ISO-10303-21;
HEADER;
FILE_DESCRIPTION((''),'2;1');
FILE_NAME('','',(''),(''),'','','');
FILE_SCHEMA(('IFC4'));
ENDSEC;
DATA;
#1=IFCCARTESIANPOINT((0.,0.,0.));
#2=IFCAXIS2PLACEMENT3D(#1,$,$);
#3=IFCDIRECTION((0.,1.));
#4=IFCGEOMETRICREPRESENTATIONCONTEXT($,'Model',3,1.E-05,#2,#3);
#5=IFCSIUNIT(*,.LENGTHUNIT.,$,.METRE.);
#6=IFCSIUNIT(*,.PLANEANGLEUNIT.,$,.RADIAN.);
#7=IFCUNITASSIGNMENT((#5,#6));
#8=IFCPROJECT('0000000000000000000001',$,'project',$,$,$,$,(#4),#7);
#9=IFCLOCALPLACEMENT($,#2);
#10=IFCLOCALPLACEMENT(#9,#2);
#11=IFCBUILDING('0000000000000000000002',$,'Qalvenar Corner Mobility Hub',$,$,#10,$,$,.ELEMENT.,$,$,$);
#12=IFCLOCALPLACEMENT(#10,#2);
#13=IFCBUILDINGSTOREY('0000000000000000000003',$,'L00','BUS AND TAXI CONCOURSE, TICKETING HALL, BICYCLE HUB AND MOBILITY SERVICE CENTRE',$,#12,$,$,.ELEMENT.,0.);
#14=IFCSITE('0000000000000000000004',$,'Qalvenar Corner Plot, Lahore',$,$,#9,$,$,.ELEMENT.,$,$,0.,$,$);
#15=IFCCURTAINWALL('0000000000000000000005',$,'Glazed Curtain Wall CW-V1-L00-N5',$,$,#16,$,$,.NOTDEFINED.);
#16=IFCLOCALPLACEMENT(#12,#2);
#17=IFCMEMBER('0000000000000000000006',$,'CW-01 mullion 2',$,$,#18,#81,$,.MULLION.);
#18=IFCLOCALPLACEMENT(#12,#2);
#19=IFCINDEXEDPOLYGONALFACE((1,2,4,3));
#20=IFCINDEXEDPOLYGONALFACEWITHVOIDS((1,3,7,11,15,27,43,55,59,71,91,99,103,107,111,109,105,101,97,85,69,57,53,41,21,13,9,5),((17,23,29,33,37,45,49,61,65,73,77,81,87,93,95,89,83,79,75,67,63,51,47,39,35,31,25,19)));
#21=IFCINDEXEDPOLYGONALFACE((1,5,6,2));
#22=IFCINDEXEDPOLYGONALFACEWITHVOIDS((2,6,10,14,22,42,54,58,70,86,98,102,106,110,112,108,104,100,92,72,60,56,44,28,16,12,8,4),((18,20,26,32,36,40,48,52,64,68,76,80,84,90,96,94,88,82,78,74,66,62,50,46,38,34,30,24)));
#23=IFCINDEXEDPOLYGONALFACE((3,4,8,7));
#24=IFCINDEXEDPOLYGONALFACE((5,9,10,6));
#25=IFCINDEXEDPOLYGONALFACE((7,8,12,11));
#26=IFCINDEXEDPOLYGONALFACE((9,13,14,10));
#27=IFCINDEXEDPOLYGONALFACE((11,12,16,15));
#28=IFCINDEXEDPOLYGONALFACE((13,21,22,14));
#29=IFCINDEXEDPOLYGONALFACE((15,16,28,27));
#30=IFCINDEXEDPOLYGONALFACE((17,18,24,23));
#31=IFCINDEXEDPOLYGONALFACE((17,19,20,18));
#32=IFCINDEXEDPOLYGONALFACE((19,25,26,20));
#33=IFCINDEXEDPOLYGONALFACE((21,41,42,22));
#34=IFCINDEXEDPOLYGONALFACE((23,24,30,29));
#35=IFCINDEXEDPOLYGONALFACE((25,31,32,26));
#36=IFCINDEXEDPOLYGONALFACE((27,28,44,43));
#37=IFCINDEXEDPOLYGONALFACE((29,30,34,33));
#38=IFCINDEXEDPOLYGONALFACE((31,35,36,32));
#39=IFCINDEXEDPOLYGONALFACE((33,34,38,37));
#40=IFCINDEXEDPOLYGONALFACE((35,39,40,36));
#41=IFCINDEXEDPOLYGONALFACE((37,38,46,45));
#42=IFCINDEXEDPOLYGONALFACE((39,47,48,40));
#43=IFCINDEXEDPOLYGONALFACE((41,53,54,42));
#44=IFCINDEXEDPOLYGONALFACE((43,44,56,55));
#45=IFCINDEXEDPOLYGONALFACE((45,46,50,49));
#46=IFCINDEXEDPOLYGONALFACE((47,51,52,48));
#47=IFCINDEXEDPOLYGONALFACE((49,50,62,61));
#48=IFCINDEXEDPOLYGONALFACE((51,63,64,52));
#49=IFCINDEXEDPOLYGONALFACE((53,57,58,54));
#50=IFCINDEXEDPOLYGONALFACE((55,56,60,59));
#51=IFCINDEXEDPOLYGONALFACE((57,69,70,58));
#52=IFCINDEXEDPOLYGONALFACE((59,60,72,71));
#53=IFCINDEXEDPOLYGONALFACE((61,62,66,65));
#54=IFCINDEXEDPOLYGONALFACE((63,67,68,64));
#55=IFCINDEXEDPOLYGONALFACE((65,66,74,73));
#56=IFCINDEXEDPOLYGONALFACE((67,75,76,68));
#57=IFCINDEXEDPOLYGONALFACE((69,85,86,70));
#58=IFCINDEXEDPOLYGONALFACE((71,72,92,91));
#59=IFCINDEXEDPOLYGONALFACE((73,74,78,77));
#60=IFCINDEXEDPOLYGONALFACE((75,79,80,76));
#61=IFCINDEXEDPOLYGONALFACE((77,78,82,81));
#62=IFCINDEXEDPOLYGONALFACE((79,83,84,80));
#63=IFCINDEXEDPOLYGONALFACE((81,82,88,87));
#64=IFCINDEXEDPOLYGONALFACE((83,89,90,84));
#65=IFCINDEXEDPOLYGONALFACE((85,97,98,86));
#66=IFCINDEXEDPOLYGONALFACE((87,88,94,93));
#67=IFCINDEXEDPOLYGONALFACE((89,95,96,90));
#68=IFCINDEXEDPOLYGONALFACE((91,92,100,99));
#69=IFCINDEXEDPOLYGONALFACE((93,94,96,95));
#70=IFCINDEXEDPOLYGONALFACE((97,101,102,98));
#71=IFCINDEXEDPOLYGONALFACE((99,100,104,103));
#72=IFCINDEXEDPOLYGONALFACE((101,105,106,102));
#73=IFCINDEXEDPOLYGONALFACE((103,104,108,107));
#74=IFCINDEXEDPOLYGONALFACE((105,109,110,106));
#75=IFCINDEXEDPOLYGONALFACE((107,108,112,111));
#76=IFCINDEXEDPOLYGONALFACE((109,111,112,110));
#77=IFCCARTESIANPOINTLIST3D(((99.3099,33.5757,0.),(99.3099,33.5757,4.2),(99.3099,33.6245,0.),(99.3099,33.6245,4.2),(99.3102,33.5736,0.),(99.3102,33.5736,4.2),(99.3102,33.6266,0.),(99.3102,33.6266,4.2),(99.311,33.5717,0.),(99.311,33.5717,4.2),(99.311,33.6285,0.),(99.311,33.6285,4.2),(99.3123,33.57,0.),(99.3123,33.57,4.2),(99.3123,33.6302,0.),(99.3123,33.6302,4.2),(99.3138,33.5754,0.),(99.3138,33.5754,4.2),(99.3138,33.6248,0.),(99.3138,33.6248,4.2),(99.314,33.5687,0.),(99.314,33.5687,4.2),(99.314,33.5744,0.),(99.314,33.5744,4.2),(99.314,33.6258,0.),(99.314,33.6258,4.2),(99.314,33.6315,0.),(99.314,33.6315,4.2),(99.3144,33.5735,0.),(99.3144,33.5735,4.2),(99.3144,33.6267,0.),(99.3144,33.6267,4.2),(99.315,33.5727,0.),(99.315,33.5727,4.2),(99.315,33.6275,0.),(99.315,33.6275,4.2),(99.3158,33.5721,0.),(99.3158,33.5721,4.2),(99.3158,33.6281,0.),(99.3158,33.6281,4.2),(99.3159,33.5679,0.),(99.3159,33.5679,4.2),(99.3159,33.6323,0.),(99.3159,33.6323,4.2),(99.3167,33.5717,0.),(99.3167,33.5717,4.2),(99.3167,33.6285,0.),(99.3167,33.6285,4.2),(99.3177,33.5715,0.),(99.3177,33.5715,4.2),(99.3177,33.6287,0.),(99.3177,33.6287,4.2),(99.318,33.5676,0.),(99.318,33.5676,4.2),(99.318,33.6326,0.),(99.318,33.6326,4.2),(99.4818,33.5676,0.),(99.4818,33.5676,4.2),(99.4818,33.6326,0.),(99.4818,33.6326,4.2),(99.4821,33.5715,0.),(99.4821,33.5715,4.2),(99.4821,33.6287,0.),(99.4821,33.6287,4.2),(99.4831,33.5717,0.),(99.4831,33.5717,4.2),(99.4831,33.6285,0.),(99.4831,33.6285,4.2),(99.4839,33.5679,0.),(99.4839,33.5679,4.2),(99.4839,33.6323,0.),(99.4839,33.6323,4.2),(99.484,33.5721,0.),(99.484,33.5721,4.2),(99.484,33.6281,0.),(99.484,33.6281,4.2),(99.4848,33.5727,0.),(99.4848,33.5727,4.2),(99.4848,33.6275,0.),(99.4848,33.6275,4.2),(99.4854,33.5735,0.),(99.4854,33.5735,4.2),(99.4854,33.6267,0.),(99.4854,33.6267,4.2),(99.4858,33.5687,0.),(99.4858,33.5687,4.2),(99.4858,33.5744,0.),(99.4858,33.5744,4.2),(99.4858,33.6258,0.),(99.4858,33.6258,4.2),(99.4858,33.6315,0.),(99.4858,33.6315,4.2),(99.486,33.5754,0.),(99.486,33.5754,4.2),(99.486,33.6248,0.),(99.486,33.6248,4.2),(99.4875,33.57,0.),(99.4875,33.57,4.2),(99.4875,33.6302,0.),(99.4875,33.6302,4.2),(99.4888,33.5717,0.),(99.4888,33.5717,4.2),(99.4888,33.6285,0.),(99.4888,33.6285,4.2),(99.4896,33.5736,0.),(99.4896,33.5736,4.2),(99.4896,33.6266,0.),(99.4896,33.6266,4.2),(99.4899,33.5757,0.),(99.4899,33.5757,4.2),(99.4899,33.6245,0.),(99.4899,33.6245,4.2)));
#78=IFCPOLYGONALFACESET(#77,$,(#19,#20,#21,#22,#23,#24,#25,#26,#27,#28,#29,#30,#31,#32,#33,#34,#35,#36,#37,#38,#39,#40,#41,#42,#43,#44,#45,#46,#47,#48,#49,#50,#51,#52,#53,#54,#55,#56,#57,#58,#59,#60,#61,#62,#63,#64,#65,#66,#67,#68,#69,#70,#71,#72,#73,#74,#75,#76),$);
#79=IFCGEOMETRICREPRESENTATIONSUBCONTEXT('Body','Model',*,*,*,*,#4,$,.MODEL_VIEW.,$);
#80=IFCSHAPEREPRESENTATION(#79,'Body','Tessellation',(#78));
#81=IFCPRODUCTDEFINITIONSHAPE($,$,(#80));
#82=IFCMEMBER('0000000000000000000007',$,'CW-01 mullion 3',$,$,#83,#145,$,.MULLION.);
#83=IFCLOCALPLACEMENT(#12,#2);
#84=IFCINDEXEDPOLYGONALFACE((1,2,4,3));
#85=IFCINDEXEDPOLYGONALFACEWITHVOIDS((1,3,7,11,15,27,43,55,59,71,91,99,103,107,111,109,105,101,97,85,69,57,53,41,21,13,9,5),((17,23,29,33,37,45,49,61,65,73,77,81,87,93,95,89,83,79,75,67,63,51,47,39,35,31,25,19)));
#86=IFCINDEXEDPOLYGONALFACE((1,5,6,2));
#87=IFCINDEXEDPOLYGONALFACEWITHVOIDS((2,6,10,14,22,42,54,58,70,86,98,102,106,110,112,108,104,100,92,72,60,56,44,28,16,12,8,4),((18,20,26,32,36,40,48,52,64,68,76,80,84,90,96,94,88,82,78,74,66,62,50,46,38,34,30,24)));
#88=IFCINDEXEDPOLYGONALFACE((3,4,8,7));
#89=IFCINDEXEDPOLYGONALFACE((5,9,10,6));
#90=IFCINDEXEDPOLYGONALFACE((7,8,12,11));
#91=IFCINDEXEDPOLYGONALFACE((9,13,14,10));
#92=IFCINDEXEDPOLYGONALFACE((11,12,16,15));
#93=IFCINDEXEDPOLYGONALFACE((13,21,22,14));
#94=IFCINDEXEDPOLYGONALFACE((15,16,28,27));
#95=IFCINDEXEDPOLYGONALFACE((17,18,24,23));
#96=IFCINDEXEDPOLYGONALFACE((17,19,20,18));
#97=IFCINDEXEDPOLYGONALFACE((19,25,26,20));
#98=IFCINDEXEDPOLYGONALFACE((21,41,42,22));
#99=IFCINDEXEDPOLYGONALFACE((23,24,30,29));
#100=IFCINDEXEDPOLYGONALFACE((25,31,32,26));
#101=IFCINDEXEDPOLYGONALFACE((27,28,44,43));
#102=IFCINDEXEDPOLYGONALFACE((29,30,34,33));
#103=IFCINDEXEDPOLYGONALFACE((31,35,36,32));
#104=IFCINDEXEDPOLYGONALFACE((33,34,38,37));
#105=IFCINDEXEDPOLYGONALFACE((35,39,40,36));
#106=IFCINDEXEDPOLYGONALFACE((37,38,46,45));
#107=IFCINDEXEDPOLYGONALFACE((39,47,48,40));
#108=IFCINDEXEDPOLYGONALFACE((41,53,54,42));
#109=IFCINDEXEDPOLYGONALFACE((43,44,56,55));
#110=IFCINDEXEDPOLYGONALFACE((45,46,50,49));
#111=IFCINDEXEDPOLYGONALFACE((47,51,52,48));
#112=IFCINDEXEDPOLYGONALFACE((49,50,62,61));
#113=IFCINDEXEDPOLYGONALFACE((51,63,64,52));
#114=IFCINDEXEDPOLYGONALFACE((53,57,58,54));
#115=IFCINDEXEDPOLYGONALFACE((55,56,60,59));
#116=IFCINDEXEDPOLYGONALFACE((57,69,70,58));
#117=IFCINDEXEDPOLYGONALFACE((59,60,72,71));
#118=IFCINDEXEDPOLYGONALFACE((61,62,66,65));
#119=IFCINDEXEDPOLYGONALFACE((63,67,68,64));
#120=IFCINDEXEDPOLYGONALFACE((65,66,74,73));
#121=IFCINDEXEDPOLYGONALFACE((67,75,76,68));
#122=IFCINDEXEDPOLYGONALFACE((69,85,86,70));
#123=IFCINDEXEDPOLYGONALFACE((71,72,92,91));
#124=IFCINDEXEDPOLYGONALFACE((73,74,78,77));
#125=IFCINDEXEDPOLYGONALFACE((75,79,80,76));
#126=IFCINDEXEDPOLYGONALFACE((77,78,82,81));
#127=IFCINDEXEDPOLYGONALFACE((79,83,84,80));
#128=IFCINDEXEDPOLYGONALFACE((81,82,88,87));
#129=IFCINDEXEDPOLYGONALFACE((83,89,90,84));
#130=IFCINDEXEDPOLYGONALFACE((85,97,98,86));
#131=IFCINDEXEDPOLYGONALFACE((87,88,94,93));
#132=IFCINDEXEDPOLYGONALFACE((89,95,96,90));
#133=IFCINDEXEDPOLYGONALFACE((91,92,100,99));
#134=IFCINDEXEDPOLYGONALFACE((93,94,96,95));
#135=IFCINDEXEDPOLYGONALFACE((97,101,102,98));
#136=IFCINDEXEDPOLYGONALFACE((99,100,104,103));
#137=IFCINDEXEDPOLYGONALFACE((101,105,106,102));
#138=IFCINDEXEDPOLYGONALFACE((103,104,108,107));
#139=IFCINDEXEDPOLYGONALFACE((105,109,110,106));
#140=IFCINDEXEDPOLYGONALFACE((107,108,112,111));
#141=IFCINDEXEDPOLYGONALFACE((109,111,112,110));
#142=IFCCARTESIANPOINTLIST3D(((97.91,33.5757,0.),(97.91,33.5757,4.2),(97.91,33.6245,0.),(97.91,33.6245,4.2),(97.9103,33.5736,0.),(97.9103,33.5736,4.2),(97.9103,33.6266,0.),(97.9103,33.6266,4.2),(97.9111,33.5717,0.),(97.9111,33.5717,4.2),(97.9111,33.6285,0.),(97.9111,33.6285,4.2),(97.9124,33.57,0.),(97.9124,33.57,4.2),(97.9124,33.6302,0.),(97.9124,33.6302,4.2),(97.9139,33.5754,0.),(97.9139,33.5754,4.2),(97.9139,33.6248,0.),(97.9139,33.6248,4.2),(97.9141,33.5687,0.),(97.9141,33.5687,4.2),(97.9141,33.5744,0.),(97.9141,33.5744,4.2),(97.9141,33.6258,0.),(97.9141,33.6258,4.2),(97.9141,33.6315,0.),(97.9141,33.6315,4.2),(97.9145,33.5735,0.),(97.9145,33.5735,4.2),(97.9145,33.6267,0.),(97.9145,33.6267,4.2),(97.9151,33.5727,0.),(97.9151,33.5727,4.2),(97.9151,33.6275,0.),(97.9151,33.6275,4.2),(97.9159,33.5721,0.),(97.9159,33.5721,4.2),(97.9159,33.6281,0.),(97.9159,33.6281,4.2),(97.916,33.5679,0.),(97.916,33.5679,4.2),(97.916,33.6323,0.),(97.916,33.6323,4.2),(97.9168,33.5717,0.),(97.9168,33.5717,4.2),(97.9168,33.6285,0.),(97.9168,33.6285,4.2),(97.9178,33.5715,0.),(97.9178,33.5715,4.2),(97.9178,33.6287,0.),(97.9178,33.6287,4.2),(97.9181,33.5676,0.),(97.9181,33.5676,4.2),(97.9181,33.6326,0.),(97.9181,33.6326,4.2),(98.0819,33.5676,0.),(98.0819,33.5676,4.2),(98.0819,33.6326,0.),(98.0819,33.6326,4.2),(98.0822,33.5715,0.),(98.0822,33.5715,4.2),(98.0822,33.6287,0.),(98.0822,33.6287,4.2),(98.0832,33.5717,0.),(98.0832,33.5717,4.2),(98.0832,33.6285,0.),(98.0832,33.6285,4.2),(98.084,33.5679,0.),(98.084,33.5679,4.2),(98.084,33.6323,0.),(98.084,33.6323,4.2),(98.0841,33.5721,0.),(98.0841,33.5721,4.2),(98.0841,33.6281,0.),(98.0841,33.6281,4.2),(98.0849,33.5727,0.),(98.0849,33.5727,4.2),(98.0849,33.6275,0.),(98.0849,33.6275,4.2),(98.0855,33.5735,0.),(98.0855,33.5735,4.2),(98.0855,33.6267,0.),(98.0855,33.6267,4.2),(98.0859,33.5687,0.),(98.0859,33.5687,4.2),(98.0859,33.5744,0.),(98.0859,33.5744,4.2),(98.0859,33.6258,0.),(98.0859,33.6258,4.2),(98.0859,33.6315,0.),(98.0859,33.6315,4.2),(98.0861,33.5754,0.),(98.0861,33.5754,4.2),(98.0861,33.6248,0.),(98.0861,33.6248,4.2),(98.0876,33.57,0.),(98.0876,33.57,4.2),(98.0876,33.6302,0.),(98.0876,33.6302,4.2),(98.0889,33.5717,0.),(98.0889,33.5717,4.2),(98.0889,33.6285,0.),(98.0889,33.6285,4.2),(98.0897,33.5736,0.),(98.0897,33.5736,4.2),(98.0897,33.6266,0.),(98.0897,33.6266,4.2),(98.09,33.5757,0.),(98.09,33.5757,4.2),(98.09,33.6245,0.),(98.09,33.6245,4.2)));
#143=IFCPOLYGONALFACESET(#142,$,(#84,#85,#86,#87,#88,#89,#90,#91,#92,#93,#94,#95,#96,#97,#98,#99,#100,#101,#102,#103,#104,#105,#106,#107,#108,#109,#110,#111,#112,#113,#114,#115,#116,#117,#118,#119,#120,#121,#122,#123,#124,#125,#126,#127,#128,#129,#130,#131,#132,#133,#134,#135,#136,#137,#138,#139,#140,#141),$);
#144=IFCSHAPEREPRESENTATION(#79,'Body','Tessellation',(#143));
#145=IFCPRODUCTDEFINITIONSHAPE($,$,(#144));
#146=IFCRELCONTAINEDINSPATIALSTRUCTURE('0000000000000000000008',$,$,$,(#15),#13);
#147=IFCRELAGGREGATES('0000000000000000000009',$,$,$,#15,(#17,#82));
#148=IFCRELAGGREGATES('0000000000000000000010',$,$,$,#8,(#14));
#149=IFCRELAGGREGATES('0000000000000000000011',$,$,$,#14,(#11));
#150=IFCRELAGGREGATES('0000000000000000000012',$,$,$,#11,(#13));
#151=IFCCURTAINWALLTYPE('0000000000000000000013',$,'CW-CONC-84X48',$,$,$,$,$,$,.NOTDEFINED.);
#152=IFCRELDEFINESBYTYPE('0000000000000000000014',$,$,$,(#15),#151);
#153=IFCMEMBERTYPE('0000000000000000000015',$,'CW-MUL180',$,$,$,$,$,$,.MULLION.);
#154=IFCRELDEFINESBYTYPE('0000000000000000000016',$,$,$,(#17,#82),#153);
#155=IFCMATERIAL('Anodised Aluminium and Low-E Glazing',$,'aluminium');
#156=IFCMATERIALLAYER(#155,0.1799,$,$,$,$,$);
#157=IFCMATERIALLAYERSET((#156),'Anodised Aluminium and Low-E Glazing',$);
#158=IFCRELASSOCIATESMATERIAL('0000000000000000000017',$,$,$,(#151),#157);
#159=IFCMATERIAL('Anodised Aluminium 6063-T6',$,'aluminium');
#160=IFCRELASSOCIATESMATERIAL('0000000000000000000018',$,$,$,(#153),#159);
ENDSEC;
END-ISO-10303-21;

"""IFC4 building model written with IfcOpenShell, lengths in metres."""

from ifc_helpers import new_model, si_unit, direction, frame, origin, origin_2d, place, context, subcontext, project, spatial, hollow_rectangle, extrude, material, layer, layer_set, material_profile, profile_set, type_object, element, aggregate, save


model = new_model("IFC4")

# Units and contexts
model_context = context("Model", 3, precision=1e-05, world=origin(), true_north=direction((0.0, 1.0)))
body_context = subcontext(model_context, "Body", "Model", "MODEL_VIEW")
ifc_project = project(units=[si_unit("LENGTHUNIT", "METRE"), si_unit("PLANEANGLEUNIT", "RADIAN")], contexts=[model_context])

# Site, building, storey
site_placement = place(None, origin())
site = spatial("IfcSite", under=ifc_project, at=site_placement, Name="Qalvenar Corner Plot, Lahore", CompositionType="ELEMENT", RefElevation=0.0)
building_placement = place(site_placement, origin())
building = spatial("IfcBuilding", under=site, at=building_placement, Name="Qalvenar Corner Mobility Hub", CompositionType="ELEMENT")
storey_placement = place(building_placement, origin())
storey = spatial("IfcBuildingStorey", under=building, at=storey_placement, Name="L00", Description="BUS AND TAXI CONCOURSE, TICKETING HALL, BICYCLE HUB AND MOBILITY SERVICE CENTRE", CompositionType="ELEMENT", Elevation=0.0)

# Curtain wall, members
ifc_material_1 = material(Name="Anodised Aluminium and Low-E Glazing", Category="aluminium")
ifc_layer_1 = layer(ifc_material_1, 0.1799)
ifc_layer_set_1 = layer_set([ifc_layer_1], Name="Anodised Aluminium and Low-E Glazing")
curtain_wall_type = type_object("IfcCurtainWallType", Name="CW-CONC-84X48", PredefinedType="NOTDEFINED", material=ifc_layer_set_1)
curtain_wall_placement = place(storey_placement, origin())
curtain_wall = element("IfcCurtainWall", 1, at=curtain_wall_placement, inside=storey, type_object=curtain_wall_type, Name="Glazed Curtain Wall CW-V1-L00-N5", PredefinedType="NOTDEFINED")
ifc_material_2 = material(Name="Anodised Aluminium 6063-T6", Category="aluminium")
ifc_material_profile_1 = material_profile(ifc_material_2, hollow_rectangle(XDim=0.0649, YDim=0.1799, WallThickness=0.0039, InnerFilletRadius=0.0039, OuterFilletRadius=0.0081, at=origin_2d()), Name="RHS180x65x4")
ifc_profile_set_1 = profile_set([ifc_material_profile_1], Name="Anodised Aluminium 6063-T6")
member_type_1 = type_object("IfcMemberType", Name="CW-MUL180", PredefinedType="MULLION", material=ifc_profile_set_1)
member_1_placement = place(storey_placement, frame((99.3999, 33.6001, 0.0), z_axis=(0.0, 0.0, 1.0), x_axis=(0.0, -1.0, 0.0)))
member_1 = element("IfcMember", 2, at=member_1_placement, type_object=member_type_1, Name="CW-01 mullion 2", PredefinedType="MULLION", context=body_context, shape_type="SweptSolid", body=[
    extrude(hollow_rectangle(XDim=0.0649, YDim=0.1799, WallThickness=0.0039, InnerFilletRadius=0.0039, OuterFilletRadius=0.0081, at=origin_2d()), origin(), (0.0, 0.0, 1.0), 4.2),
])
member_2_placement = place(storey_placement, frame((98.0, 33.6001, 0.0), z_axis=(0.0, 0.0, 1.0), x_axis=(0.0, -1.0, 0.0)))
member_2 = element("IfcMember", 3, at=member_2_placement, type_object=member_type_1, Name="CW-01 mullion 3", PredefinedType="MULLION", context=body_context, shape_type="SweptSolid", body=[
    extrude(hollow_rectangle(XDim=0.0649, YDim=0.1799, WallThickness=0.0039, InnerFilletRadius=0.0039, OuterFilletRadius=0.0081, at=origin_2d()), origin(), (0.0, 0.0, 1.0), 4.2),
])
aggregate(curtain_wall, [member_1, member_2])

save(model, "model.ifc")
